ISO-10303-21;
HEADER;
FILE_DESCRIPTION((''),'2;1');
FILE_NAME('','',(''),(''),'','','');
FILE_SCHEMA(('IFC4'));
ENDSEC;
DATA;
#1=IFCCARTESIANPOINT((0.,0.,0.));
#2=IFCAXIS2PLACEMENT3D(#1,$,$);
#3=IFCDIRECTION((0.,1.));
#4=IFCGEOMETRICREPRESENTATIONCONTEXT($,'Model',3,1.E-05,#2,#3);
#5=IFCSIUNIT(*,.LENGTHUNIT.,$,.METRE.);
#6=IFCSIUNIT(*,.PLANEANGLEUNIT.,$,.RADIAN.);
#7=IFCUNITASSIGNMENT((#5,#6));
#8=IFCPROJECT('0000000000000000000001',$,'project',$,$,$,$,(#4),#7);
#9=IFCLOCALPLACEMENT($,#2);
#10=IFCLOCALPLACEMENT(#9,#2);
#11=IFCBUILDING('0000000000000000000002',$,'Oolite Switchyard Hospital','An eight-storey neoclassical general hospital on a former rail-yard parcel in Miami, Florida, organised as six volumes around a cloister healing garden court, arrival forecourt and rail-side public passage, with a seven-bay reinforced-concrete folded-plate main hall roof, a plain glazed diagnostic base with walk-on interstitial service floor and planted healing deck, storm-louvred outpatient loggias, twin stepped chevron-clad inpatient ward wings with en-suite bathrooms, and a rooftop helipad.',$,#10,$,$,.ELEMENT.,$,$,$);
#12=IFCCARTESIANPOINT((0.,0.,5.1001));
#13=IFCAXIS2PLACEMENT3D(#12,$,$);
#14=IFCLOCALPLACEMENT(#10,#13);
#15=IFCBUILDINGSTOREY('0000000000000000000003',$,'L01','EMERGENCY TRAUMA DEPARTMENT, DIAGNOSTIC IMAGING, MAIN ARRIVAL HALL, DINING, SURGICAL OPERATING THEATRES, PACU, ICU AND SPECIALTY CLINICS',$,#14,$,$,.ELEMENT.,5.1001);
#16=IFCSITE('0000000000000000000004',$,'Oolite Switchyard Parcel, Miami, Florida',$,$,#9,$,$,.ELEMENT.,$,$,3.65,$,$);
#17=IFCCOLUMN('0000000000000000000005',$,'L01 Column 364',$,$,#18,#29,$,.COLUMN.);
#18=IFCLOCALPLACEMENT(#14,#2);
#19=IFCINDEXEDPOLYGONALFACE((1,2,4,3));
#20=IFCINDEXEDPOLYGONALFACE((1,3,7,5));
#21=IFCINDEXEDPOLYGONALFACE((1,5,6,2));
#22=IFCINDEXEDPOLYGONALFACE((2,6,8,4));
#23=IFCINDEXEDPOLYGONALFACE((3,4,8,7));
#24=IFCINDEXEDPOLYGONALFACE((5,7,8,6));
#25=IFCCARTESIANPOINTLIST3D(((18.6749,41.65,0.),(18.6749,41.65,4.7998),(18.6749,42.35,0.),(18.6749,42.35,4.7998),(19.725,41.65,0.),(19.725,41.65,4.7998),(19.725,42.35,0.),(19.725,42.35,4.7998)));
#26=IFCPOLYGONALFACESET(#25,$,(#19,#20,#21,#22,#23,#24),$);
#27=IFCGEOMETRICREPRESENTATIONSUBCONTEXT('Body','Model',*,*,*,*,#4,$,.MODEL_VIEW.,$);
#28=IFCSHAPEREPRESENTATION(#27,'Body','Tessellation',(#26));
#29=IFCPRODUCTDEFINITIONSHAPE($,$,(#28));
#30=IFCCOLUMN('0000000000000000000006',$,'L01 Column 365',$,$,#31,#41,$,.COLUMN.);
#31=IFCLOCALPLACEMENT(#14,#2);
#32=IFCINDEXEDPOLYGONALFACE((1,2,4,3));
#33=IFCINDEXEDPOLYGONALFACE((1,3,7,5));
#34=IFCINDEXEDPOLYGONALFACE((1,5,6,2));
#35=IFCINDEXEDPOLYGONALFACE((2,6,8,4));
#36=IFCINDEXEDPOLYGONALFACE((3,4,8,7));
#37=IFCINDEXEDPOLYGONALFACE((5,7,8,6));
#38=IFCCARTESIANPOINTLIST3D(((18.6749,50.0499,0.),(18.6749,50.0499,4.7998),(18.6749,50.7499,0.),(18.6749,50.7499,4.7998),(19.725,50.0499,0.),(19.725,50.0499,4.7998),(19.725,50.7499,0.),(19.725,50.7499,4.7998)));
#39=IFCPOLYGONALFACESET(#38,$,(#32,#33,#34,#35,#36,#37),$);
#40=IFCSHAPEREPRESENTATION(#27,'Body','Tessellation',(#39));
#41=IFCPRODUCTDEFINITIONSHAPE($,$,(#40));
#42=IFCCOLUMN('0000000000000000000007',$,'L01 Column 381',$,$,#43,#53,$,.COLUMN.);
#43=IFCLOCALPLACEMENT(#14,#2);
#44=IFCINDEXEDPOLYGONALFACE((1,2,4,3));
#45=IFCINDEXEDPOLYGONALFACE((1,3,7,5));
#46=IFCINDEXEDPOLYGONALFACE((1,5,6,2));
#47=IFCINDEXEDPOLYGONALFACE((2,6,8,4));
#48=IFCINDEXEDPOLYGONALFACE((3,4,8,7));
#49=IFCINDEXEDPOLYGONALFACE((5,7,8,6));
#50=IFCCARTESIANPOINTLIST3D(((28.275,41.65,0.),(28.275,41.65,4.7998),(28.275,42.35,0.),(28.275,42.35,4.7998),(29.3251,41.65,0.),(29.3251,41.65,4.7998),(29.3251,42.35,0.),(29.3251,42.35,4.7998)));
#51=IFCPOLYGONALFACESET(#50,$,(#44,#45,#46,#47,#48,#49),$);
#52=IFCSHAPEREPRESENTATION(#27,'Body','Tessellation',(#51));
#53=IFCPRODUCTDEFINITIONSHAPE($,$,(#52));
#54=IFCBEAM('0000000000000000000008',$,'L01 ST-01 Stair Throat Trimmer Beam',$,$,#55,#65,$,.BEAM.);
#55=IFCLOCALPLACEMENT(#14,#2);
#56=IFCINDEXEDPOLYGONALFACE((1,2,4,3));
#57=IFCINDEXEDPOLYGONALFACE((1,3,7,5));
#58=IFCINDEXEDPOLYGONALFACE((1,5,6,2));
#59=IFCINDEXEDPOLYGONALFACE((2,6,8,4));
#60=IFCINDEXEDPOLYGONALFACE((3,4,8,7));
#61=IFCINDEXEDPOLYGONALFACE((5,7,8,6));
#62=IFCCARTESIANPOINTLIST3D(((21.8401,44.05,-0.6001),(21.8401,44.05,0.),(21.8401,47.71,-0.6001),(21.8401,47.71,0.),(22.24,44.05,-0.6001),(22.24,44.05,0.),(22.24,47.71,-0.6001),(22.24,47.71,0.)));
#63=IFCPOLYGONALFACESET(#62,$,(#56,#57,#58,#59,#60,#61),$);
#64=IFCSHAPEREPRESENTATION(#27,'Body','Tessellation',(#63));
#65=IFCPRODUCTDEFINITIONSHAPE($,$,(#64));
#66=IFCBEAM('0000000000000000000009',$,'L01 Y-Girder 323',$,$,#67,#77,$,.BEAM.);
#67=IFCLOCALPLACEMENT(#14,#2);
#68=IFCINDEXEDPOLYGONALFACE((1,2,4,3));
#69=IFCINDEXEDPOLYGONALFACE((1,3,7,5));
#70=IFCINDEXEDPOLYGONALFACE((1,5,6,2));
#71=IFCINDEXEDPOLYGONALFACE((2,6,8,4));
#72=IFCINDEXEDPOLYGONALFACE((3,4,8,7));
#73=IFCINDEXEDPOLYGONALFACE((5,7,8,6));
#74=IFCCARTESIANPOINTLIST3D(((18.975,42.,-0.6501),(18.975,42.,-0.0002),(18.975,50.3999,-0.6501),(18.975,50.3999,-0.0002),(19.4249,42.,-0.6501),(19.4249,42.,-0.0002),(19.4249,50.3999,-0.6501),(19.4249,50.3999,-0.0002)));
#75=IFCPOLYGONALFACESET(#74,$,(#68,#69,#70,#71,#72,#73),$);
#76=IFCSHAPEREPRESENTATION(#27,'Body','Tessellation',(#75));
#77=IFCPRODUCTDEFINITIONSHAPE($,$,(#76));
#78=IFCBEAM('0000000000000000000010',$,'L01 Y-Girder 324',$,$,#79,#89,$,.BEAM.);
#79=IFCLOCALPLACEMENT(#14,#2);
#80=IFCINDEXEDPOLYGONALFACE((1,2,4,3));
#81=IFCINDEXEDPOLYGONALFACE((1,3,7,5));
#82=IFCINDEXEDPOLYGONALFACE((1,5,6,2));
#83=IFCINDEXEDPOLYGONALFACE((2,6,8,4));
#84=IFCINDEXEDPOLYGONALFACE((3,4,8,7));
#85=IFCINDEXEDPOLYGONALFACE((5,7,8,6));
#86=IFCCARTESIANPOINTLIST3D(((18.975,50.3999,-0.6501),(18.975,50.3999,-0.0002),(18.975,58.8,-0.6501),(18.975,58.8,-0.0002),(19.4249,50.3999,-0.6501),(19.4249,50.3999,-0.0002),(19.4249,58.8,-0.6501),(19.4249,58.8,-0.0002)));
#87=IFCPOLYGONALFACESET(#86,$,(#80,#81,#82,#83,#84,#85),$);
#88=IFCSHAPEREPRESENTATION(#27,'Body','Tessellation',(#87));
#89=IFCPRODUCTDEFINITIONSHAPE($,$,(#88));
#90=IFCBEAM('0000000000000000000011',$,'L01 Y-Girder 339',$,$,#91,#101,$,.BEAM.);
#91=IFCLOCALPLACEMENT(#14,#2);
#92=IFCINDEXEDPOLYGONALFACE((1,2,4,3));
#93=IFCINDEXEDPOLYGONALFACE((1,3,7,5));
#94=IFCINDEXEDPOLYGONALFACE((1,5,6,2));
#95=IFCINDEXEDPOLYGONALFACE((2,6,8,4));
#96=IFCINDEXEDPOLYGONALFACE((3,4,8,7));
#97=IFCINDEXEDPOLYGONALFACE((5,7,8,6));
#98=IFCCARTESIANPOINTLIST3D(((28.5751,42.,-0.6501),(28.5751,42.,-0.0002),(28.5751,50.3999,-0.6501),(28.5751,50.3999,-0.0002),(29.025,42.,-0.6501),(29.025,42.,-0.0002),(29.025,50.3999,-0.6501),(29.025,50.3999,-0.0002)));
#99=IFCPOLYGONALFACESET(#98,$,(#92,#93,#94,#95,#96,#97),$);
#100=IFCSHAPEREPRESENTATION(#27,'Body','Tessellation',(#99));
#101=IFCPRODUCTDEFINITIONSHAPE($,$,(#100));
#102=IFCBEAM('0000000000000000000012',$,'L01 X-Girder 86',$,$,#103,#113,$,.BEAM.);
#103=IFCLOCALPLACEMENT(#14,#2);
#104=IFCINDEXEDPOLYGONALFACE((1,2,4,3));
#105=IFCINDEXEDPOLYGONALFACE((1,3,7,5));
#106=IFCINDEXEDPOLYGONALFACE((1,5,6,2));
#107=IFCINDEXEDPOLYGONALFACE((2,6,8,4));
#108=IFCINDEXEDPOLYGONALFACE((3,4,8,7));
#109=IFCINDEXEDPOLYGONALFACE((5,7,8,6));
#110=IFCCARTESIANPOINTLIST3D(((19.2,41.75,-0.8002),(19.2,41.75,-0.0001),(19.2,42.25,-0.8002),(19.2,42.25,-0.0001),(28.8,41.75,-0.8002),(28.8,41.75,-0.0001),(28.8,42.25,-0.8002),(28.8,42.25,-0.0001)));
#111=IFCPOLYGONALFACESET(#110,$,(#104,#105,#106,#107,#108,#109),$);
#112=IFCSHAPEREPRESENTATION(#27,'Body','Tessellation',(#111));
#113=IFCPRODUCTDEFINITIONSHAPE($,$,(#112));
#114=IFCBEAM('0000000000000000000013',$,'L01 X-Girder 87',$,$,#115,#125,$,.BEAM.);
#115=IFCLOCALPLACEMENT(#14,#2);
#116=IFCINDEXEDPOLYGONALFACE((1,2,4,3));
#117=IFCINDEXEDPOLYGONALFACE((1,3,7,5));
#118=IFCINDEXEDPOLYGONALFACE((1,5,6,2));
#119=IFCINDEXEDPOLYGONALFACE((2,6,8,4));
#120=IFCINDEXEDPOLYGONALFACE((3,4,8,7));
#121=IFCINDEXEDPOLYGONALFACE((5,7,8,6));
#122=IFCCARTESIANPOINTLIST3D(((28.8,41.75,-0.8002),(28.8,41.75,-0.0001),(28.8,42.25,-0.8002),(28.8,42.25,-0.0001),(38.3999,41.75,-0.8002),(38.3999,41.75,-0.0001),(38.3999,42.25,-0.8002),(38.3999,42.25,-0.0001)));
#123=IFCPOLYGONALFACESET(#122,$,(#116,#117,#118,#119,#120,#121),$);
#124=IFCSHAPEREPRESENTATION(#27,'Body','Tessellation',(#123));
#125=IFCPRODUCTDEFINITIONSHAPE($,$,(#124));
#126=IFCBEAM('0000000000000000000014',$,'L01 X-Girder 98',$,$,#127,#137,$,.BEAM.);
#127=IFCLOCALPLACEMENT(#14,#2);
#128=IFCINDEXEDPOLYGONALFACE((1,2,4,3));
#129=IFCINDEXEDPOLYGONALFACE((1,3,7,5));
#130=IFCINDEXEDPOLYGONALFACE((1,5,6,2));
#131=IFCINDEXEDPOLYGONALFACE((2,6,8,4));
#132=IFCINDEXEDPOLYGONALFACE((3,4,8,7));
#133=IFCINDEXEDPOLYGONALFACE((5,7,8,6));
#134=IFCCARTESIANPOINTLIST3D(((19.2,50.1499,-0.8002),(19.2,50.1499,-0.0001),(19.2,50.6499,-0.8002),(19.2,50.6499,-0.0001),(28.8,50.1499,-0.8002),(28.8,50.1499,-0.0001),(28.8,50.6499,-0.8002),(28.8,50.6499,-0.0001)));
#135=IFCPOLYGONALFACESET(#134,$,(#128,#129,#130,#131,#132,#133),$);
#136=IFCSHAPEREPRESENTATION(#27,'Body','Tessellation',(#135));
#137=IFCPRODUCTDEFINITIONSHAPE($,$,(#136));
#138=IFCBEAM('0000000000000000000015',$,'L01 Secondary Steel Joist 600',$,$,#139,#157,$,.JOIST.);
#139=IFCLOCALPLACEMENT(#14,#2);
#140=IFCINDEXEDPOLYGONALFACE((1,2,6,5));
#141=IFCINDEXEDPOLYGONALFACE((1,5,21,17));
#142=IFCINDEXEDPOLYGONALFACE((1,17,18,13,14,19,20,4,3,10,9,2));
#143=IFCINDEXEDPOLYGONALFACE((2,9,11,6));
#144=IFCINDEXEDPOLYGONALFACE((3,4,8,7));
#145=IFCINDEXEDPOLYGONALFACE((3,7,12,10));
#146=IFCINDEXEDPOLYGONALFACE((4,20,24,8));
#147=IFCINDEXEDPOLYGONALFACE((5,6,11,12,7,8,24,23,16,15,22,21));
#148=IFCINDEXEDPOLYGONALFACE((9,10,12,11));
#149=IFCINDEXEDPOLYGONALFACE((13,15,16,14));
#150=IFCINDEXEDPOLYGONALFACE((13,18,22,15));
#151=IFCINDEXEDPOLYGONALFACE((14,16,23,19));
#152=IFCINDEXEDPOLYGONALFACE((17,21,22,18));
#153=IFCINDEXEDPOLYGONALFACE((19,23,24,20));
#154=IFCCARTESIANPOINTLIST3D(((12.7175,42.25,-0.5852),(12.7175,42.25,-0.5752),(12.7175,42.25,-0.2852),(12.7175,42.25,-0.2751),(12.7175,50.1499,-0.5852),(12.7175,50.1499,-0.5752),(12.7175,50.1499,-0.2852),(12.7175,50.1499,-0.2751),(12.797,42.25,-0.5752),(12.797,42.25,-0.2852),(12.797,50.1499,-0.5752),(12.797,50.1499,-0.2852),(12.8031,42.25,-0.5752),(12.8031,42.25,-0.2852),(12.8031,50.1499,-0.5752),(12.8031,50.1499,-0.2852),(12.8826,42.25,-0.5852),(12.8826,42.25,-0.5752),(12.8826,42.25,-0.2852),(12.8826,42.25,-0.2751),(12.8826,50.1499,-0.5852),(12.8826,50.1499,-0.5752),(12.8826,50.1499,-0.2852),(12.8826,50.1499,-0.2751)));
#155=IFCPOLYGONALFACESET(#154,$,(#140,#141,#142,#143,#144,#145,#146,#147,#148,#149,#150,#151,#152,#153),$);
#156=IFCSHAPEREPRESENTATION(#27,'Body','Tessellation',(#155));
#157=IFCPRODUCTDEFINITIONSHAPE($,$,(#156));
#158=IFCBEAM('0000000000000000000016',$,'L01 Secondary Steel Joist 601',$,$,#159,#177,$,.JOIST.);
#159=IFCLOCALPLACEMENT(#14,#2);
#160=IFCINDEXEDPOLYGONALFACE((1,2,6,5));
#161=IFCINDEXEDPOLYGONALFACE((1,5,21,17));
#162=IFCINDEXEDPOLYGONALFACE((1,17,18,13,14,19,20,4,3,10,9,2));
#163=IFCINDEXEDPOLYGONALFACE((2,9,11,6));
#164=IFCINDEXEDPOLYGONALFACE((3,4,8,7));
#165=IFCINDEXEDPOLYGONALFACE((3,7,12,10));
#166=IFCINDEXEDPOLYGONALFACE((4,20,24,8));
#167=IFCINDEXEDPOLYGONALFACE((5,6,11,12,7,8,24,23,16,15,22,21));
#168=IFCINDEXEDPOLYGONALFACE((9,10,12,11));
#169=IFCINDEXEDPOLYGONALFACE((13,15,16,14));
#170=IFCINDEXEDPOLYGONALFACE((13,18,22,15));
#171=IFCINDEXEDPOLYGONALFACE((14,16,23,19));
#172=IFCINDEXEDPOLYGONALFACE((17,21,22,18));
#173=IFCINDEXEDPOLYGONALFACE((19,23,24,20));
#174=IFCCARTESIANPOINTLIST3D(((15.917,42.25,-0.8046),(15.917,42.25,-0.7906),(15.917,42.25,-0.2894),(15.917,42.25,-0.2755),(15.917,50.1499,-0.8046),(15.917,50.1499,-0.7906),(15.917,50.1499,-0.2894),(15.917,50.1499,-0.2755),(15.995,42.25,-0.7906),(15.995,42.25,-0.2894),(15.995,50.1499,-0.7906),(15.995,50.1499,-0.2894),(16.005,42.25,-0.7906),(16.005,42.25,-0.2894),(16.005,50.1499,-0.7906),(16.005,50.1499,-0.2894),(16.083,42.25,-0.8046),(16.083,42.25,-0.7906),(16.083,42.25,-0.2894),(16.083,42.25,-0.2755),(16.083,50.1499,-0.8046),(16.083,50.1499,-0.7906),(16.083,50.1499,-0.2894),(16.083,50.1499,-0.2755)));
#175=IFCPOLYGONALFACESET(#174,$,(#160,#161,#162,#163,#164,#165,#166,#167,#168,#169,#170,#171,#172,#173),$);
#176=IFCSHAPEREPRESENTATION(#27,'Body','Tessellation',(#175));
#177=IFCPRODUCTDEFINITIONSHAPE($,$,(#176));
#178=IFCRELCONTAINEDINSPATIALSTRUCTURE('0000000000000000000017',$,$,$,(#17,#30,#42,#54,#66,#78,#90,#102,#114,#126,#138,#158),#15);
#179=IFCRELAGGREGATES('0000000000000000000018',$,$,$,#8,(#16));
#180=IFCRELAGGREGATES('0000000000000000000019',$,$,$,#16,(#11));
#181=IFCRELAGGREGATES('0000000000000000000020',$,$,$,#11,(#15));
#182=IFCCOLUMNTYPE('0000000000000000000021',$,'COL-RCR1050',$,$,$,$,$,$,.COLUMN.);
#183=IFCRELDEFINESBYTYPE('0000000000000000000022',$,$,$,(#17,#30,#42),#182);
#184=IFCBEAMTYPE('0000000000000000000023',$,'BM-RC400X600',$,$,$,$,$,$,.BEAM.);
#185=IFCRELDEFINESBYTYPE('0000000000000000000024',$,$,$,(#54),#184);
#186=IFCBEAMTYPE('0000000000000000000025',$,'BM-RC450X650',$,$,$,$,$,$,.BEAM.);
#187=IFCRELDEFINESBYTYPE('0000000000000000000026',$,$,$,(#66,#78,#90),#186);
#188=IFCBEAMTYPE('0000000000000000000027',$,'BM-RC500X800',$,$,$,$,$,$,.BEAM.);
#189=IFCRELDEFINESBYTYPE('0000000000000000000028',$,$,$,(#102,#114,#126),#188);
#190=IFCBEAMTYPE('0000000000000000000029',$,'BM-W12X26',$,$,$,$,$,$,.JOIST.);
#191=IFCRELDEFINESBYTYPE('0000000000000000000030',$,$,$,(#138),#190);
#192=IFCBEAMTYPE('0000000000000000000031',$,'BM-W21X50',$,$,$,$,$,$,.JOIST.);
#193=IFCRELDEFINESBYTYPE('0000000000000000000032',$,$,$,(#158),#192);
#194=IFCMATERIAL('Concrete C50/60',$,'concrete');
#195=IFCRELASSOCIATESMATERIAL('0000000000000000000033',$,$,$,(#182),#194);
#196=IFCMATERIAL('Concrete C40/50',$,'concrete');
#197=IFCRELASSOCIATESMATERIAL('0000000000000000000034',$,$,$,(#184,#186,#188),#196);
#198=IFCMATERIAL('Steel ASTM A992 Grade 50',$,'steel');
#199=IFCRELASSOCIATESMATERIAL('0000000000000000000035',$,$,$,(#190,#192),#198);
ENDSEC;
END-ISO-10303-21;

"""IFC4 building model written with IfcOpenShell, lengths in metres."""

from ifc_helpers import new_model, si_unit, direction, frame, origin, origin_2d, place, context, subcontext, project, spatial, rectangle, i_section, extrude, material, material_profile, profile_set, type_object, element, save


model = new_model("IFC4")

# Units and contexts
model_context = context("Model", 3, precision=1e-05, world=origin(), true_north=direction((0.0, 1.0)))
body_context = subcontext(model_context, "Body", "Model", "MODEL_VIEW")
ifc_project = project(units=[si_unit("LENGTHUNIT", "METRE"), si_unit("PLANEANGLEUNIT", "RADIAN")], contexts=[model_context])

# Site, building, storey
site_placement = place(None, origin())
site = spatial("IfcSite", under=ifc_project, at=site_placement, Name="Oolite Switchyard Parcel, Miami, Florida", CompositionType="ELEMENT", RefElevation=3.65)
building_placement = place(site_placement, origin())
building = spatial("IfcBuilding", under=site, at=building_placement, Name="Oolite Switchyard Hospital", Description="An eight-storey neoclassical general hospital on a former rail-yard parcel in Miami, Florida, organised as six volumes around a cloister healing garden court, arrival forecourt and rail-side public passage, with a seven-bay reinforced-concrete folded-plate main hall roof, a plain glazed diagnostic base with walk-on interstitial service floor and planted healing deck, storm-louvred outpatient loggias, twin stepped chevron-clad inpatient ward wings with en-suite bathrooms, and a rooftop helipad.", CompositionType="ELEMENT")
storey_placement = place(building_placement, frame((0.0, 0.0, 5.1001)))
storey = spatial("IfcBuildingStorey", under=building, at=storey_placement, Name="L01", Description="EMERGENCY TRAUMA DEPARTMENT, DIAGNOSTIC IMAGING, MAIN ARRIVAL HALL, DINING, SURGICAL OPERATING THEATRES, PACU, ICU AND SPECIALTY CLINICS", CompositionType="ELEMENT", Elevation=5.1001)

# Columns
ifc_material_1 = material(Name="Concrete C50/60", Category="concrete")
ifc_material_profile_1 = material_profile(ifc_material_1, rectangle(XDim=1.05, YDim=0.7, at=origin_2d()), Name="RC1050X700")
ifc_profile_set_1 = profile_set([ifc_material_profile_1], Name="Concrete C50/60")
column_type = type_object("IfcColumnType", Name="COL-RCR1050", PredefinedType="COLUMN", material=ifc_profile_set_1)
for number, where, z_axis, x_axis, name in (
    (1, (19.2, 42.0, 0.0), (0.0, 0.0, 1.0), (1.0, 0.0, 0.0), "L01 Column 364"),
    (2, (19.2, 50.3999, 0.0), (0.0, 0.0, 1.0), (1.0, 0.0, 0.0), "L01 Column 365"),
    (3, (28.8, 42.0, 0.0), (0.0, 0.0, 1.0), (1.0, 0.0, 0.0), "L01 Column 381"),
):
    element("IfcColumn", number, at=place(storey_placement, frame(where, z_axis=z_axis, x_axis=x_axis)), inside=storey, type_object=column_type, Name=name, PredefinedType="COLUMN", context=body_context, shape_type="SweptSolid", body=[
        extrude(rectangle(XDim=1.05, YDim=0.7, at=origin_2d()), origin(), (0.0, 0.0, 1.0), 4.7998),
    ])

# Beams
ifc_material_2 = material(Name="Concrete C40/50", Category="concrete")
ifc_material_profile_2 = material_profile(ifc_material_2, rectangle(XDim=0.3999, YDim=0.6001, at=origin_2d()), Name="RCB400X600")
ifc_profile_set_2 = profile_set([ifc_material_profile_2], Name="Concrete C40/50")
beam_type_1 = type_object("IfcBeamType", Name="BM-RC400X600", PredefinedType="BEAM", material=ifc_profile_set_2)
beam_1_placement = place(storey_placement, frame((22.04, 44.05, -0.3), z_axis=(0.0, 1.0, 0.0), x_axis=(-1.0, 0.0, 0.0)))
element("IfcBeam", 4, at=beam_1_placement, inside=storey, type_object=beam_type_1, Name="L01 ST-01 Stair Throat Trimmer Beam", PredefinedType="BEAM", context=body_context, shape_type="SweptSolid", body=[
    extrude(rectangle(XDim=0.3999, YDim=0.6001, at=origin_2d()), origin(), (0.0, 0.0, 1.0), 3.6599),
])
ifc_material_profile_3 = material_profile(ifc_material_2, rectangle(XDim=0.45, YDim=0.6499, at=origin_2d()), Name="RCB450X650")
ifc_profile_set_3 = profile_set([ifc_material_profile_3], Name="Concrete C40/50")
beam_type_2 = type_object("IfcBeamType", Name="BM-RC450X650", PredefinedType="BEAM", material=ifc_profile_set_3)
beam_2_placement = place(storey_placement, frame((19.2, 42.0, -0.3252), z_axis=(0.0, 1.0, 0.0), x_axis=(-1.0, 0.0, 0.0)))
element("IfcBeam", 5, at=beam_2_placement, inside=storey, type_object=beam_type_2, Name="L01 Y-Girder 323", PredefinedType="BEAM", context=body_context, shape_type="SweptSolid", body=[
    extrude(rectangle(XDim=0.45, YDim=0.6499, at=origin_2d()), origin(), (0.0, 0.0, 1.0), 8.3999),
])
beam_3_placement = place(storey_placement, frame((19.2, 50.3999, -0.3252), z_axis=(0.0, 1.0, 0.0), x_axis=(-1.0, 0.0, 0.0)))
element("IfcBeam", 6, at=beam_3_placement, inside=storey, type_object=beam_type_2, Name="L01 Y-Girder 324", PredefinedType="BEAM", context=body_context, shape_type="SweptSolid", body=[
    extrude(rectangle(XDim=0.45, YDim=0.6499, at=origin_2d()), origin(), (0.0, 0.0, 1.0), 8.4001),
])
beam_4_placement = place(storey_placement, frame((28.8, 42.0, -0.3252), z_axis=(0.0, 1.0, 0.0), x_axis=(-1.0, 0.0, 0.0)))
element("IfcBeam", 7, at=beam_4_placement, inside=storey, type_object=beam_type_2, Name="L01 Y-Girder 339", PredefinedType="BEAM", context=body_context, shape_type="SweptSolid", body=[
    extrude(rectangle(XDim=0.45, YDim=0.6499, at=origin_2d()), origin(), (0.0, 0.0, 1.0), 8.3999),
])
ifc_material_profile_4 = material_profile(ifc_material_2, rectangle(XDim=0.5, YDim=0.8, at=origin_2d()), Name="RCB500X800")
ifc_profile_set_4 = profile_set([ifc_material_profile_4], Name="Concrete C40/50")
beam_type_3 = type_object("IfcBeamType", Name="BM-RC500X800", PredefinedType="BEAM", material=ifc_profile_set_4)
beam_5_placement = place(storey_placement, frame((19.2, 42.0, -0.4001), z_axis=(1.0, 0.0, 0.0), x_axis=(0.0, 1.0, 0.0)))
element("IfcBeam", 8, at=beam_5_placement, inside=storey, type_object=beam_type_3, Name="L01 X-Girder 86", PredefinedType="BEAM", context=body_context, shape_type="SweptSolid", body=[
    extrude(rectangle(XDim=0.5, YDim=0.8, at=origin_2d()), origin(), (0.0, 0.0, 1.0), 9.6001),
])
beam_6_placement = place(storey_placement, frame((28.8, 42.0, -0.4001), z_axis=(1.0, 0.0, 0.0), x_axis=(0.0, 1.0, 0.0)))
element("IfcBeam", 9, at=beam_6_placement, inside=storey, type_object=beam_type_3, Name="L01 X-Girder 87", PredefinedType="BEAM", context=body_context, shape_type="SweptSolid", body=[
    extrude(rectangle(XDim=0.5, YDim=0.8, at=origin_2d()), origin(), (0.0, 0.0, 1.0), 9.5999),
])
beam_7_placement = place(storey_placement, frame((19.2, 50.3999, -0.4001), z_axis=(1.0, 0.0, 0.0), x_axis=(0.0, 1.0, 0.0)))
element("IfcBeam", 10, at=beam_7_placement, inside=storey, type_object=beam_type_3, Name="L01 X-Girder 98", PredefinedType="BEAM", context=body_context, shape_type="SweptSolid", body=[
    extrude(rectangle(XDim=0.5, YDim=0.8, at=origin_2d()), origin(), (0.0, 0.0, 1.0), 9.6001),
])
ifc_material_3 = material(Name="Steel ASTM A992 Grade 50", Category="steel")
ifc_material_profile_5 = material_profile(ifc_material_3, i_section(OverallWidth=0.165, OverallDepth=0.3101, WebThickness=0.0061, FlangeThickness=0.01, at=origin_2d()), Name="W12X26")
ifc_profile_set_5 = profile_set([ifc_material_profile_5], Name="Steel ASTM A992 Grade 50")
beam_type_4 = type_object("IfcBeamType", Name="BM-W12X26", PredefinedType="JOIST", material=ifc_profile_set_5)
beam_8_placement = place(storey_placement, frame((12.8, 42.25, -0.4302), z_axis=(0.0, 1.0, 0.0), x_axis=(-1.0, 0.0, 0.0)))
element("IfcBeam", 11, at=beam_8_placement, inside=storey, type_object=beam_type_4, Name="L01 Secondary Steel Joist 600", PredefinedType="JOIST", context=body_context, shape_type="SweptSolid", body=[
    extrude(i_section(OverallWidth=0.165, OverallDepth=0.3101, WebThickness=0.0061, FlangeThickness=0.01, at=origin_2d()), origin(), (0.0, 0.0, 1.0), 7.8999),
])
ifc_material_profile_6 = material_profile(ifc_material_3, i_section(OverallWidth=0.166, OverallDepth=0.5291, WebThickness=0.01, FlangeThickness=0.0139, at=origin_2d()), Name="W21X50")
ifc_profile_set_6 = profile_set([ifc_material_profile_6], Name="Steel ASTM A992 Grade 50")
beam_type_5 = type_object("IfcBeamType", Name="BM-W21X50", PredefinedType="JOIST", material=ifc_profile_set_6)
beam_9_placement = place(storey_placement, frame((16.0, 42.25, -0.54), z_axis=(0.0, 1.0, 0.0), x_axis=(-1.0, 0.0, 0.0)))
element("IfcBeam", 12, at=beam_9_placement, inside=storey, type_object=beam_type_5, Name="L01 Secondary Steel Joist 601", PredefinedType="JOIST", context=body_context, shape_type="SweptSolid", body=[
    extrude(i_section(OverallWidth=0.166, OverallDepth=0.5291, WebThickness=0.01, FlangeThickness=0.0139, at=origin_2d()), origin(), (0.0, 0.0, 1.0), 7.8999),
])

save(model, "model.ifc")
